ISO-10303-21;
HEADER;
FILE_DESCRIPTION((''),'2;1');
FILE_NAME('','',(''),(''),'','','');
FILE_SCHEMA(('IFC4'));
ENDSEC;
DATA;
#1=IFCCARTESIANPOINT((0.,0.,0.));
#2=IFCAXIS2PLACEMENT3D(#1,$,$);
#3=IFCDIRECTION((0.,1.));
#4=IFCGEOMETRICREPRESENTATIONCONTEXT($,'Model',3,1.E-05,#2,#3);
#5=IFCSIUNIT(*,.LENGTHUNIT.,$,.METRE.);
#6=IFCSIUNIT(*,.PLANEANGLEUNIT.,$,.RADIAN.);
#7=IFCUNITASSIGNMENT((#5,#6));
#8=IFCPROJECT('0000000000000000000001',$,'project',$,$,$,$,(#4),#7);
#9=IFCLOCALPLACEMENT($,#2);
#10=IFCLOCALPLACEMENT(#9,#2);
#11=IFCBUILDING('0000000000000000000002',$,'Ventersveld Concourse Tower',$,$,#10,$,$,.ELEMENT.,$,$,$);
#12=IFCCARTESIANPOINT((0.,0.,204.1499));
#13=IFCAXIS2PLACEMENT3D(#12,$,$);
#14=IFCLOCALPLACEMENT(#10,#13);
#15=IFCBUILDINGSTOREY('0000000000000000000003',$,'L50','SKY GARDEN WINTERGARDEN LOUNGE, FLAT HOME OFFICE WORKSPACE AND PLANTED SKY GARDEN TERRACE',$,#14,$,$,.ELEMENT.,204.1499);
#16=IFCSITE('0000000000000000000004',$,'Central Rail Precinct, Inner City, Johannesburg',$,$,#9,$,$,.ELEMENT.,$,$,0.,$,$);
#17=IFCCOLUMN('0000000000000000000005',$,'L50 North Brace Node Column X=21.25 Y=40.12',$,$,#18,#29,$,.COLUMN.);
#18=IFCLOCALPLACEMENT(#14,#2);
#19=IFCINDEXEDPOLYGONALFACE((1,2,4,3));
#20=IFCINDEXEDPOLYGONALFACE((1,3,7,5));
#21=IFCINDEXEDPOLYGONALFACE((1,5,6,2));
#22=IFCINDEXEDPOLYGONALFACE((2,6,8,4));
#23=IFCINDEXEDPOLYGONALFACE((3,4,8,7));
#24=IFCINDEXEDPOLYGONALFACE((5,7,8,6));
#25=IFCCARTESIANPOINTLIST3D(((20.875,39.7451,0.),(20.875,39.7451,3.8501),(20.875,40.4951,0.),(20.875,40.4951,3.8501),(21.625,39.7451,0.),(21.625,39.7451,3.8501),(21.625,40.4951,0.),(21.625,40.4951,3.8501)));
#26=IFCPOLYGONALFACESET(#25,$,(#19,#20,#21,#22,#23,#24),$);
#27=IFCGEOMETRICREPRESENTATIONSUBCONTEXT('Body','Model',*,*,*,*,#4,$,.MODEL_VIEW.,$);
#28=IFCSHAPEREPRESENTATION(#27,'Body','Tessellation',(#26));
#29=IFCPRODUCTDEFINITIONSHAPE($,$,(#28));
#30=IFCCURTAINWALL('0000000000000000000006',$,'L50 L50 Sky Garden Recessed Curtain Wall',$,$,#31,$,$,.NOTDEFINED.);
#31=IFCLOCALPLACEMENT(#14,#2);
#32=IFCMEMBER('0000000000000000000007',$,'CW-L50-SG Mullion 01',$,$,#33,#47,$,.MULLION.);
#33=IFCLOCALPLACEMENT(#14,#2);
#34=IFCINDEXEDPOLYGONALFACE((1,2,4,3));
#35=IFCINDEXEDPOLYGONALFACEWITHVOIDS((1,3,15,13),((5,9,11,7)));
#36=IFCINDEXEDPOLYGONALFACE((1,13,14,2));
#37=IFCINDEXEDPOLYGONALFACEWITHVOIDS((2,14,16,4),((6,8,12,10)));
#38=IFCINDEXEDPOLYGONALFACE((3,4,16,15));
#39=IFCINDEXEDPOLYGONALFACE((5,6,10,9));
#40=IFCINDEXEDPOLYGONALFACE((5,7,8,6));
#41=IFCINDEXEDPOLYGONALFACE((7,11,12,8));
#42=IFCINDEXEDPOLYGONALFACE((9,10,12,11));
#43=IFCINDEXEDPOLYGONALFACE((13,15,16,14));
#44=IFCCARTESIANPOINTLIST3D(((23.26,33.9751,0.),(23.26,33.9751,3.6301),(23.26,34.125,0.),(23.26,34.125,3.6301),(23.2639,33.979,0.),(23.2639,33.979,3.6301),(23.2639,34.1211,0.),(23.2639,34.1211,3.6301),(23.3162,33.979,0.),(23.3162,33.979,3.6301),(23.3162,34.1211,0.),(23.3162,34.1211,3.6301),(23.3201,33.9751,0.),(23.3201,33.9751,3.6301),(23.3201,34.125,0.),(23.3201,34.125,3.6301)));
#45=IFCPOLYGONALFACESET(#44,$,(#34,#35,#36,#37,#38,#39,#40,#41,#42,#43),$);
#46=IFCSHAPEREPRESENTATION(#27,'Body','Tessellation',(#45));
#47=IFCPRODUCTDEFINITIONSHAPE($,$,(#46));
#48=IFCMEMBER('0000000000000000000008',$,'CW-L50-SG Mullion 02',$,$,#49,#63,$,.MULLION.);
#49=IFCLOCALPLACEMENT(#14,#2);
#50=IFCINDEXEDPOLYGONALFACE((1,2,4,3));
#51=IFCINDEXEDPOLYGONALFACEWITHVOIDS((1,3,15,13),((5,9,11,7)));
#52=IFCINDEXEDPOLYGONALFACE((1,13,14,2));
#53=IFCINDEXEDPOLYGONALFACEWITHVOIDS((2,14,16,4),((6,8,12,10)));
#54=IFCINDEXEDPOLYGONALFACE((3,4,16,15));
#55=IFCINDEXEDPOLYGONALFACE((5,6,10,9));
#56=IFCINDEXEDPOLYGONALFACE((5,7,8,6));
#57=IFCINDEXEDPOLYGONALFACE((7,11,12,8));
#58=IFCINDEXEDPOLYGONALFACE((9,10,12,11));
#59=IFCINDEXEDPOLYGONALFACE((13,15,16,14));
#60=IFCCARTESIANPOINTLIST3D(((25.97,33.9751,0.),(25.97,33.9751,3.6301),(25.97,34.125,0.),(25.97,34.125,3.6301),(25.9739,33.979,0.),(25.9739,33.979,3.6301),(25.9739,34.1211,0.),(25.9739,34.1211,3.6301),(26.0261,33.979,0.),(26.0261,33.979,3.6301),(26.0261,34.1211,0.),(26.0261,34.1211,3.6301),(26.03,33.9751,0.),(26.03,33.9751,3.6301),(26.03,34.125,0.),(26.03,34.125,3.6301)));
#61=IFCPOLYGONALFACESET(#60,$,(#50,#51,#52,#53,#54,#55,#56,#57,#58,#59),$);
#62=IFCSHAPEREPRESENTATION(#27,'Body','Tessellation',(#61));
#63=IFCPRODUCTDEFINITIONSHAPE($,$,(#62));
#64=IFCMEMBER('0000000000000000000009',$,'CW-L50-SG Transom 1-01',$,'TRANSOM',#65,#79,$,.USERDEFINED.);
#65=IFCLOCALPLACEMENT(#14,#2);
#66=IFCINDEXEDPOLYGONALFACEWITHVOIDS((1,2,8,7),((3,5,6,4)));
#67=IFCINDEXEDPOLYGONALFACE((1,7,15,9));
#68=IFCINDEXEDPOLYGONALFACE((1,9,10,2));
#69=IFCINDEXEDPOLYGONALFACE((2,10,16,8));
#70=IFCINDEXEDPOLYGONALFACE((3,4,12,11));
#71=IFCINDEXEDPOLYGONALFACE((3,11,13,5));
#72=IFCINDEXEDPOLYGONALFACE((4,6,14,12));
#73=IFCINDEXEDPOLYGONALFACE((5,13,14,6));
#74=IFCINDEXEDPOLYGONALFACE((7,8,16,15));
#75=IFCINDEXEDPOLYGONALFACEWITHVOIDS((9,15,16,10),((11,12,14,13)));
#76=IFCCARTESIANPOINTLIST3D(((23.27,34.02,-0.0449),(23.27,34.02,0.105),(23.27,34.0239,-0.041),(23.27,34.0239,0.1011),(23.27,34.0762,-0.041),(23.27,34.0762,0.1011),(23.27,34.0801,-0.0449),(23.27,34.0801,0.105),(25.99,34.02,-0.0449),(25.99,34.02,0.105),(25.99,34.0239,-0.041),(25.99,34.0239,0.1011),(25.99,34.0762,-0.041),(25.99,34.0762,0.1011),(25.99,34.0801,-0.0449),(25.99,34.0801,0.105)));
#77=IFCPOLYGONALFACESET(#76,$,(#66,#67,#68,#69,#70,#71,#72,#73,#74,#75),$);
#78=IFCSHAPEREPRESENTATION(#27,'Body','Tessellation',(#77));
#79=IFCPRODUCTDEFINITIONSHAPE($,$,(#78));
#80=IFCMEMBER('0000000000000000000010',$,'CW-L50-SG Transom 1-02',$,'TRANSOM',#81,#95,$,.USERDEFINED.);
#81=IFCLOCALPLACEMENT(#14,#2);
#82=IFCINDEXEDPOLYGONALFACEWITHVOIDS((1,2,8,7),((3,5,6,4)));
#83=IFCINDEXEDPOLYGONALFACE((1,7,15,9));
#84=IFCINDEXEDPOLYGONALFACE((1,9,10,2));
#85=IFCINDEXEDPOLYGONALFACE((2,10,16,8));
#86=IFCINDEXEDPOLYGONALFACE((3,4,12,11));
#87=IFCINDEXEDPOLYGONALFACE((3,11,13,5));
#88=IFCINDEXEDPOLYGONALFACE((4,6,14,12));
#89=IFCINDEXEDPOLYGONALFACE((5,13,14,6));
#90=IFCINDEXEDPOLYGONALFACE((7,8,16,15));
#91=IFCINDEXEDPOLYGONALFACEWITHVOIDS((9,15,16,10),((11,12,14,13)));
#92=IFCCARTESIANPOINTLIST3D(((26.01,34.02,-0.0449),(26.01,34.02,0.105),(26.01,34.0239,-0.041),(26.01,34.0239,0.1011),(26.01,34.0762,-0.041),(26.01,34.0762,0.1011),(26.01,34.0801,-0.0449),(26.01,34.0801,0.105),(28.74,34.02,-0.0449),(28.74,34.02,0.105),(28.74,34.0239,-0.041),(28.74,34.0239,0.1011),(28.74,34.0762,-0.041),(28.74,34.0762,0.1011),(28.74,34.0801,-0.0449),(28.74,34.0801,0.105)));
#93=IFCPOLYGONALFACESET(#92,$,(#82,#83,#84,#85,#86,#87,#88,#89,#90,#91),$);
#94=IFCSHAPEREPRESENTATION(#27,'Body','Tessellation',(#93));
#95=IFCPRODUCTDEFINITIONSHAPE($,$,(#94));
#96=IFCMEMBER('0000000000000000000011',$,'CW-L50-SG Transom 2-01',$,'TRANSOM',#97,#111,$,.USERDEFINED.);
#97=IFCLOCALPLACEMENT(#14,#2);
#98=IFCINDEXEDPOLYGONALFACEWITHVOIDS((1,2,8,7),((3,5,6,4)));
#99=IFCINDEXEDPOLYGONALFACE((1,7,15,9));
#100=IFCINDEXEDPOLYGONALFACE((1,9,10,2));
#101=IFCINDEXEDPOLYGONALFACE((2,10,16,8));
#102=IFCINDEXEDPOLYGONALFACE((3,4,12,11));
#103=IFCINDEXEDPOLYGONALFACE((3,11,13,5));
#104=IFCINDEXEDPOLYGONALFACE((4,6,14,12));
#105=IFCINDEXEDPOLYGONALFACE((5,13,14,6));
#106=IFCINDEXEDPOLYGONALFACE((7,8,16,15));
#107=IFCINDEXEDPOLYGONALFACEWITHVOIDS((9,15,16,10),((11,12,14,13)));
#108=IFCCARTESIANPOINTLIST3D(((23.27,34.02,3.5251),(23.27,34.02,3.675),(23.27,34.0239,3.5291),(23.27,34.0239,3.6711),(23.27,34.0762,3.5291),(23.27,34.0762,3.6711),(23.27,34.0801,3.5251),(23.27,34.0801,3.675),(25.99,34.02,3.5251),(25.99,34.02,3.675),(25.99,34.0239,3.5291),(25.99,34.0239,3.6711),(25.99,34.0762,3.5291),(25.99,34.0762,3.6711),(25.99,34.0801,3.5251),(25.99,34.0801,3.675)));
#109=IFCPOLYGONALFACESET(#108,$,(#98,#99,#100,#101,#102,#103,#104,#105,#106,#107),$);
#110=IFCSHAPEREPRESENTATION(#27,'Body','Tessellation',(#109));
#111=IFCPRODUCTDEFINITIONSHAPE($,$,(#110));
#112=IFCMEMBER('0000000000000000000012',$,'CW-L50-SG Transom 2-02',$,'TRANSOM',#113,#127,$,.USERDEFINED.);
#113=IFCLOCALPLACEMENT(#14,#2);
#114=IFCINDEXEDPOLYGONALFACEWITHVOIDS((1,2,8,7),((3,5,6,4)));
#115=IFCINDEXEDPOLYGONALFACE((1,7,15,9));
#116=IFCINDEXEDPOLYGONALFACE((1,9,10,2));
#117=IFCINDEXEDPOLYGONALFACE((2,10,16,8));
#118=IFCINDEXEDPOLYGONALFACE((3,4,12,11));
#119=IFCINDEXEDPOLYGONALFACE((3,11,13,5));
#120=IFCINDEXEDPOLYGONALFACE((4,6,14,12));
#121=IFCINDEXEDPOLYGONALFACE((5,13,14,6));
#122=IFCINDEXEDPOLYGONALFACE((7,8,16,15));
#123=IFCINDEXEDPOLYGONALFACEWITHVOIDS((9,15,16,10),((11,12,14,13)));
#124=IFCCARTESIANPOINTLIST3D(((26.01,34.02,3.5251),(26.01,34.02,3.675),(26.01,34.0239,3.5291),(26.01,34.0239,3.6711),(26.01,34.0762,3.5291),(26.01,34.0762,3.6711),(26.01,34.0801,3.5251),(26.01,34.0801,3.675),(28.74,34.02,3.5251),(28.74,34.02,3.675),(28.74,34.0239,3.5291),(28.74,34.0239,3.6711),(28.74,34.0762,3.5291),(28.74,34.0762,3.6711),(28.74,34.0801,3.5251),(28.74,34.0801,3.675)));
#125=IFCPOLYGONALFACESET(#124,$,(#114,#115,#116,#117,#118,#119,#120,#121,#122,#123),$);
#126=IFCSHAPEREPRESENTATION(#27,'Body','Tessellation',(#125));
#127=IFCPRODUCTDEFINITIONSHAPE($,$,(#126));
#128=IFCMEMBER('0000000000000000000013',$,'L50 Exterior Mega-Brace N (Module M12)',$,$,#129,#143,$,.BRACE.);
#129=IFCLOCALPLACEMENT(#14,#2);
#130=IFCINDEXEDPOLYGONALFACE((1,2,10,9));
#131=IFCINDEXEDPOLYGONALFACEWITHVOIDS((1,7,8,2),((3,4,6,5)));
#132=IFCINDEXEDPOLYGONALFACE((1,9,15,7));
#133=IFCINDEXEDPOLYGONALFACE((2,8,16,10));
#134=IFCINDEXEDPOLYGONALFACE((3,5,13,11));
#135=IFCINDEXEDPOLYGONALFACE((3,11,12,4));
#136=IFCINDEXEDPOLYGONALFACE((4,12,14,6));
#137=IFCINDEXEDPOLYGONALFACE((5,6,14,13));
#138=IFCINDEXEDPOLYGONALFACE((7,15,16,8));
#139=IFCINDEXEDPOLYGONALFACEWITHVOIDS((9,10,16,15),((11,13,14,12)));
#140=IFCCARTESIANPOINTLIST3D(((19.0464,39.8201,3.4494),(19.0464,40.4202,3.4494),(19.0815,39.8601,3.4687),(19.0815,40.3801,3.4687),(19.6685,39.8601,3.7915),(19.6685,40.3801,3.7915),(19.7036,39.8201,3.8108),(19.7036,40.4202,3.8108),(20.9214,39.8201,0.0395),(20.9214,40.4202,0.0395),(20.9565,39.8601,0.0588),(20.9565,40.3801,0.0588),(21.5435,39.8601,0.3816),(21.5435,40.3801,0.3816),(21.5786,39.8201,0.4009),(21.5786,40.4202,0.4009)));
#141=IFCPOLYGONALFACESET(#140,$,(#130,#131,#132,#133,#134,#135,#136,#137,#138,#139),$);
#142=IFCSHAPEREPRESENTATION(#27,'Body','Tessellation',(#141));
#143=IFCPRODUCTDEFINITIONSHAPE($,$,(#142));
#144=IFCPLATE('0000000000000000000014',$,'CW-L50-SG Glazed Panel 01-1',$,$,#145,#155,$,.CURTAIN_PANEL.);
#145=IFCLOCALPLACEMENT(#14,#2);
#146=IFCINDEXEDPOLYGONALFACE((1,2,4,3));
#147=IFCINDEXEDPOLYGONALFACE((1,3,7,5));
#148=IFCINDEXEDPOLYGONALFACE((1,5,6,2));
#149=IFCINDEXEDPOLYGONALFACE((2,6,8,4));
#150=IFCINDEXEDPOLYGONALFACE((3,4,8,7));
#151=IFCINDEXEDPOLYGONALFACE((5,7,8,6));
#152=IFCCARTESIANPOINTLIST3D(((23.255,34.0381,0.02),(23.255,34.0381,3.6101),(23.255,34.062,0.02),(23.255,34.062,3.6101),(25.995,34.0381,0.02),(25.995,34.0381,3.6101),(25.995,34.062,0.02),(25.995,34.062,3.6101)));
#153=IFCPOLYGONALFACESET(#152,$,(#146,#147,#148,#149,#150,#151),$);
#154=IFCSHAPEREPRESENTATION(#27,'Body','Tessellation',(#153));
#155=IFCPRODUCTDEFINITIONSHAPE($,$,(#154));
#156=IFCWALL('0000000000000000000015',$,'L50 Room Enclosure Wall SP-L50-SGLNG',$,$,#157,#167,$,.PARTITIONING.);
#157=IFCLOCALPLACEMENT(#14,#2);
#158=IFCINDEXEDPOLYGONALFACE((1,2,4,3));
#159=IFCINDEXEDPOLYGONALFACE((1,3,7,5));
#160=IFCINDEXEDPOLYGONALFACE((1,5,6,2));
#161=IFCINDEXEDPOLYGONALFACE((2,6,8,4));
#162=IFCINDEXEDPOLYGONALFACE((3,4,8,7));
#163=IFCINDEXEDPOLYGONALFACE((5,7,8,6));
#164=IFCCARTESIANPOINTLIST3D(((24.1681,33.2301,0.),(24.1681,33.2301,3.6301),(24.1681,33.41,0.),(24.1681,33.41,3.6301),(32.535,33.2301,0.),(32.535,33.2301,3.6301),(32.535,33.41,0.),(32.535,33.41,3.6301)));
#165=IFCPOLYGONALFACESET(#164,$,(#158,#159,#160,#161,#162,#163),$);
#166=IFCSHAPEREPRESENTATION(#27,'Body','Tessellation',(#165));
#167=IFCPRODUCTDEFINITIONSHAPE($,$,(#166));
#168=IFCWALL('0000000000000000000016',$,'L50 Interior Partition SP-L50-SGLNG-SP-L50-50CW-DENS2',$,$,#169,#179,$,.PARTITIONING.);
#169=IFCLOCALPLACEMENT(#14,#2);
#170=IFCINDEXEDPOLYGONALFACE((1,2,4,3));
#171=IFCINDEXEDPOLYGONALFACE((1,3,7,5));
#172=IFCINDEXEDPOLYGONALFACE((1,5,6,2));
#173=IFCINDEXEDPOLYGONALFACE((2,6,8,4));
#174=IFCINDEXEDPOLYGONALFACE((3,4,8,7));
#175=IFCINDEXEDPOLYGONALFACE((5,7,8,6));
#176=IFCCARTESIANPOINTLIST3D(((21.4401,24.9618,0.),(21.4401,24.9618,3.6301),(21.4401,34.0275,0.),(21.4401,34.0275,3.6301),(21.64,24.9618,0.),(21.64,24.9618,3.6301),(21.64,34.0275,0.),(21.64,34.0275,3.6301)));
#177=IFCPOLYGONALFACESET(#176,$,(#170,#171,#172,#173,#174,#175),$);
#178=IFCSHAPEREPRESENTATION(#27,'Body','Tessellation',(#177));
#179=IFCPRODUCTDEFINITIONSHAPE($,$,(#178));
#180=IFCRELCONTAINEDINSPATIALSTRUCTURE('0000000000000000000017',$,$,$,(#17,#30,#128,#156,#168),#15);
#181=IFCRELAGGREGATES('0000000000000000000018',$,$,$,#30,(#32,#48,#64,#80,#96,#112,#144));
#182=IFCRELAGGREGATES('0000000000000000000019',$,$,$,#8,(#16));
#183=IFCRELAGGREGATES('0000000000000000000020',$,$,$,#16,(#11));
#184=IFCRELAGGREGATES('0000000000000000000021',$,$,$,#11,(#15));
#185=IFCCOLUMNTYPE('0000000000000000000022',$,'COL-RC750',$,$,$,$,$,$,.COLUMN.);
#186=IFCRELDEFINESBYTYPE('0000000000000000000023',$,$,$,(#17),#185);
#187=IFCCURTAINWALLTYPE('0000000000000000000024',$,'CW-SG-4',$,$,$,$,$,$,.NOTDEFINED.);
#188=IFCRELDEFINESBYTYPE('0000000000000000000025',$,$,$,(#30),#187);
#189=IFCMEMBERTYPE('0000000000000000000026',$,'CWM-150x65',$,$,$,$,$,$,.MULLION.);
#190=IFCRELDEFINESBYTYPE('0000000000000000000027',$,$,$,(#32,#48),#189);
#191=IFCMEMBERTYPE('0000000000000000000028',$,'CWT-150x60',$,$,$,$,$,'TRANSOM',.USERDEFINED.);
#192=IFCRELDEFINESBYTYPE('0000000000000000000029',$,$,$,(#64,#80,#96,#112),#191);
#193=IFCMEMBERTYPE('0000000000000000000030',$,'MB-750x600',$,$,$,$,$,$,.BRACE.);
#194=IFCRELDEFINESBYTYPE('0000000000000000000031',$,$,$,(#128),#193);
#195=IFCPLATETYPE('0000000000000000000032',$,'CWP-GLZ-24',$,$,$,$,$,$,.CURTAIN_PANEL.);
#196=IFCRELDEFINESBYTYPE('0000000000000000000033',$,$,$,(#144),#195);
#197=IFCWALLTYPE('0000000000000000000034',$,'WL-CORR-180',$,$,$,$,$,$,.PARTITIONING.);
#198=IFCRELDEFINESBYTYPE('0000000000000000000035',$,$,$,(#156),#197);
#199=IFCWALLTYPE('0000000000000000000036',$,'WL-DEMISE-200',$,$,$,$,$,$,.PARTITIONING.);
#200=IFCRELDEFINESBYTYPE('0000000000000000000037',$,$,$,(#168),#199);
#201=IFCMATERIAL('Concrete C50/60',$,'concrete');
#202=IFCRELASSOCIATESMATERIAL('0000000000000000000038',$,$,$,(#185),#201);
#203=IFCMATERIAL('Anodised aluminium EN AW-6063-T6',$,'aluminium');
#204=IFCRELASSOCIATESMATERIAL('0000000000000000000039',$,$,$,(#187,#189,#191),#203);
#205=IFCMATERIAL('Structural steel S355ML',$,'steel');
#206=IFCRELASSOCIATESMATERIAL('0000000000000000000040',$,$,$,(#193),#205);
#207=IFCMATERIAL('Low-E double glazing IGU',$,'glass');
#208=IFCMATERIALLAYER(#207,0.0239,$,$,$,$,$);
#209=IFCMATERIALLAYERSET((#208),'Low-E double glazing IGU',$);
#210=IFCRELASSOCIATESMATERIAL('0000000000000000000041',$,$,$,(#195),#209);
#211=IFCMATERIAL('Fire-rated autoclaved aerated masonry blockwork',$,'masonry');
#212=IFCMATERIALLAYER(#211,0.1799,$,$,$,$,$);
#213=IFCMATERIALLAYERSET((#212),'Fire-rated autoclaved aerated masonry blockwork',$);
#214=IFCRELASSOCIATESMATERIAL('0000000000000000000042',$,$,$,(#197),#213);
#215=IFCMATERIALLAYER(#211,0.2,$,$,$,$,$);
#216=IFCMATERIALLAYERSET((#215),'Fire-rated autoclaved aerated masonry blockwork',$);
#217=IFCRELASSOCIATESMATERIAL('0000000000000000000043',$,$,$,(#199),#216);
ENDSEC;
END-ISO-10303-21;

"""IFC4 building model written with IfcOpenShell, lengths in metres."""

from ifc_helpers import new_model, si_unit, direction, frame, frame_2d, origin, origin_2d, place, context, subcontext, project, spatial, rectangle, hollow_rectangle, extrude, material, layer, layer_set, material_profile, profile_set, type_object, element, aggregate, save


model = new_model("IFC4")

# Units and contexts
model_context = context("Model", 3, precision=1e-05, world=origin(), true_north=direction((0.0, 1.0)))
body_context = subcontext(model_context, "Body", "Model", "MODEL_VIEW")
ifc_project = project(units=[si_unit("LENGTHUNIT", "METRE"), si_unit("PLANEANGLEUNIT", "RADIAN")], contexts=[model_context])

# Site, building, storey
site_placement = place(None, origin())
site = spatial("IfcSite", under=ifc_project, at=site_placement, Name="Central Rail Precinct, Inner City, Johannesburg", CompositionType="ELEMENT", RefElevation=0.0)
building_placement = place(site_placement, origin())
building = spatial("IfcBuilding", under=site, at=building_placement, Name="Ventersveld Concourse Tower", CompositionType="ELEMENT")
storey_placement = place(building_placement, frame((0.0, 0.0, 204.1499)))
storey = spatial("IfcBuildingStorey", under=building, at=storey_placement, Name="L50", Description="SKY GARDEN WINTERGARDEN LOUNGE, FLAT HOME OFFICE WORKSPACE AND PLANTED SKY GARDEN TERRACE", CompositionType="ELEMENT", Elevation=204.1499)

# Column
ifc_material_1 = material(Name="Concrete C50/60", Category="concrete")
ifc_material_profile_1 = material_profile(ifc_material_1, rectangle(XDim=0.75, YDim=0.75, at=origin_2d()), Name="RC 750x750")
ifc_profile_set_1 = profile_set([ifc_material_profile_1], Name="Concrete C50/60")
column_type = type_object("IfcColumnType", Name="COL-RC750", PredefinedType="COLUMN", material=ifc_profile_set_1)
column_placement = place(storey_placement, frame((21.25, 40.1201, 0.0), z_axis=(0.0, 0.0, 1.0), x_axis=(1.0, 0.0, 0.0)))
element("IfcColumn", 1, at=column_placement, inside=storey, type_object=column_type, Name="L50 North Brace Node Column X=21.25 Y=40.12", PredefinedType="COLUMN", context=body_context, shape_type="SweptSolid", body=[
    extrude(rectangle(XDim=0.75, YDim=0.75, at=origin_2d()), origin(), (0.0, 0.0, 1.0), 3.8501),
])

# Curtain wall, members
ifc_material_2 = material(Name="Anodised aluminium EN AW-6063-T6", Category="aluminium")
curtain_wall_type = type_object("IfcCurtainWallType", Name="CW-SG-4", PredefinedType="NOTDEFINED", material=ifc_material_2)
curtain_wall_placement = place(storey_placement, origin())
curtain_wall = element("IfcCurtainWall", 2, at=curtain_wall_placement, inside=storey, type_object=curtain_wall_type, Name="L50 L50 Sky Garden Recessed Curtain Wall", PredefinedType="NOTDEFINED")
ifc_material_profile_2 = material_profile(ifc_material_2, hollow_rectangle(XDim=0.0601, YDim=0.1499, WallThickness=0.0039, at=origin_2d()), Name="ALU 150x60x4")
ifc_profile_set_2 = profile_set([ifc_material_profile_2], Name="Anodised aluminium EN AW-6063-T6")
member_type_1 = type_object("IfcMemberType", Name="CWM-150x65", PredefinedType="MULLION", material=ifc_profile_set_2)
member_1_placement = place(storey_placement, frame((23.29, 34.05, 0.0), z_axis=(0.0, 0.0, 1.0), x_axis=(1.0, 0.0, 0.0)))
member_1 = element("IfcMember", 3, at=member_1_placement, type_object=member_type_1, Name="CW-L50-SG Mullion 01", PredefinedType="MULLION", context=body_context, shape_type="SweptSolid", body=[
    extrude(hollow_rectangle(XDim=0.0601, YDim=0.1499, WallThickness=0.0039, at=origin_2d()), origin(), (0.0, 0.0, 1.0), 3.6301),
])
member_2_placement = place(storey_placement, frame((26.0, 34.05, 0.0), z_axis=(0.0, 0.0, 1.0), x_axis=(1.0, 0.0, 0.0)))
member_2 = element("IfcMember", 4, at=member_2_placement, type_object=member_type_1, Name="CW-L50-SG Mullion 02", PredefinedType="MULLION", context=body_context, shape_type="SweptSolid", body=[
    extrude(hollow_rectangle(XDim=0.0601, YDim=0.1499, WallThickness=0.0039, at=origin_2d()), origin(), (0.0, 0.0, 1.0), 3.6301),
])
ifc_material_profile_3 = material_profile(ifc_material_2, hollow_rectangle(XDim=0.0601, YDim=0.1499, WallThickness=0.0039, at=origin_2d()), Name="ALU 150x60x4")
ifc_profile_set_3 = profile_set([ifc_material_profile_3], Name="Anodised aluminium EN AW-6063-T6")
member_type_2 = type_object("IfcMemberType", Name="CWT-150x60", ElementType="TRANSOM", PredefinedType="USERDEFINED", material=ifc_profile_set_3)
member_3_placement = place(storey_placement, frame((23.27, 34.05, 0.03), z_axis=(1.0, 0.0, 0.0), x_axis=(0.0, 1.0, 0.0)))
member_3 = element("IfcMember", 5, at=member_3_placement, type_object=member_type_2, Name="CW-L50-SG Transom 1-01", ObjectType="TRANSOM", PredefinedType="USERDEFINED", context=body_context, shape_type="SweptSolid", body=[
    extrude(hollow_rectangle(XDim=0.0601, YDim=0.1499, WallThickness=0.0039, at=origin_2d()), origin(), (0.0, 0.0, 1.0), 2.72),
])
member_4_placement = place(storey_placement, frame((26.01, 34.05, 0.03), z_axis=(1.0, 0.0, 0.0), x_axis=(0.0, 1.0, 0.0)))
member_4 = element("IfcMember", 6, at=member_4_placement, type_object=member_type_2, Name="CW-L50-SG Transom 1-02", ObjectType="TRANSOM", PredefinedType="USERDEFINED", context=body_context, shape_type="SweptSolid", body=[
    extrude(hollow_rectangle(XDim=0.0601, YDim=0.1499, WallThickness=0.0039, at=origin_2d()), origin(), (0.0, 0.0, 1.0), 2.73),
])
member_5_placement = place(storey_placement, frame((23.27, 34.05, 3.6001), z_axis=(1.0, 0.0, 0.0), x_axis=(0.0, 1.0, 0.0)))
member_5 = element("IfcMember", 7, at=member_5_placement, type_object=member_type_2, Name="CW-L50-SG Transom 2-01", ObjectType="TRANSOM", PredefinedType="USERDEFINED", context=body_context, shape_type="SweptSolid", body=[
    extrude(hollow_rectangle(XDim=0.0601, YDim=0.1499, WallThickness=0.0039, at=origin_2d()), origin(), (0.0, 0.0, 1.0), 2.72),
])
member_6_placement = place(storey_placement, frame((26.01, 34.05, 3.6001), z_axis=(1.0, 0.0, 0.0), x_axis=(0.0, 1.0, 0.0)))
member_6 = element("IfcMember", 8, at=member_6_placement, type_object=member_type_2, Name="CW-L50-SG Transom 2-02", ObjectType="TRANSOM", PredefinedType="USERDEFINED", context=body_context, shape_type="SweptSolid", body=[
    extrude(hollow_rectangle(XDim=0.0601, YDim=0.1499, WallThickness=0.0039, at=origin_2d()), origin(), (0.0, 0.0, 1.0), 2.73),
])

# Member
ifc_material_3 = material(Name="Structural steel S355ML", Category="steel")
ifc_material_profile_4 = material_profile(ifc_material_3, hollow_rectangle(XDim=0.6001, YDim=0.75, WallThickness=0.04, at=origin_2d()), Name="BOX 750x600x40")
ifc_profile_set_4 = profile_set([ifc_material_profile_4], Name="Structural steel S355ML")
member_type_3 = type_object("IfcMemberType", Name="MB-750x600", PredefinedType="BRACE", material=ifc_profile_set_4)
member_7_placement = place(storey_placement, frame((21.25, 40.1201, 0.2202), z_axis=(-0.48183, 0.0, 0.876265), x_axis=(0.0, -1.0, 0.0)))
element("IfcMember", 9, at=member_7_placement, inside=storey, type_object=member_type_3, Name="L50 Exterior Mega-Brace N (Module M12)", PredefinedType="BRACE", context=body_context, shape_type="SweptSolid", body=[
    extrude(hollow_rectangle(XDim=0.6001, YDim=0.75, WallThickness=0.04, at=origin_2d()), origin(), (0.0, 0.0, 1.0), 3.8914),
])

# Plate
ifc_material_4 = material(Name="Low-E double glazing IGU", Category="glass")
ifc_layer_1 = layer(ifc_material_4, 0.0239)
ifc_layer_set_1 = layer_set([ifc_layer_1], Name="Low-E double glazing IGU")
plate_type = type_object("IfcPlateType", Name="CWP-GLZ-24", PredefinedType="CURTAIN_PANEL", material=ifc_layer_set_1)
plate_placement = place(storey_placement, frame((24.625, 34.05, 0.02), z_axis=(0.0, 0.0, 1.0), x_axis=(1.0, 0.0, 0.0)))
plate = element("IfcPlate", 10, at=plate_placement, type_object=plate_type, Name="CW-L50-SG Glazed Panel 01-1", PredefinedType="CURTAIN_PANEL", context=body_context, shape_type="SweptSolid", body=[
    extrude(rectangle(XDim=2.74, YDim=0.0239, at=origin_2d()), origin(), (0.0, 0.0, 1.0), 3.5901),
])
aggregate(curtain_wall, [member_1, member_2, member_3, member_4, member_5, member_6, plate])

# Walls
ifc_material_5 = material(Name="Fire-rated autoclaved aerated masonry blockwork", Category="masonry")
ifc_layer_2 = layer(ifc_material_5, 0.1799)
ifc_layer_set_2 = layer_set([ifc_layer_2], Name="Fire-rated autoclaved aerated masonry blockwork")
wall_type_1 = type_object("IfcWallType", Name="WL-CORR-180", PredefinedType="PARTITIONING", material=ifc_layer_set_2)
wall_1_placement = place(storey_placement, frame((24.168, 33.3201, 0.0), z_axis=(0.0, 0.0, 1.0), x_axis=(1.0, 0.0, 0.0)))
element("IfcWall", 11, at=wall_1_placement, inside=storey, type_object=wall_type_1, Name="L50 Room Enclosure Wall SP-L50-SGLNG", PredefinedType="PARTITIONING", context=body_context, shape_type="SweptSolid", body=[
    extrude(rectangle(XDim=8.3669, YDim=0.1799, at=frame_2d((4.1836, 0.0))), origin(), (0.0, 0.0, 1.0), 3.6301),
])
ifc_layer_3 = layer(ifc_material_5, 0.2)
ifc_layer_set_3 = layer_set([ifc_layer_3], Name="Fire-rated autoclaved aerated masonry blockwork")
wall_type_2 = type_object("IfcWallType", Name="WL-DEMISE-200", PredefinedType="PARTITIONING", material=ifc_layer_set_3)
wall_2_placement = place(storey_placement, frame((21.54, 24.9619, 0.0), z_axis=(0.0, 0.0, 1.0), x_axis=(0.0, 1.0, 0.0)))
element("IfcWall", 12, at=wall_2_placement, inside=storey, type_object=wall_type_2, Name="L50 Interior Partition SP-L50-SGLNG-SP-L50-50CW-DENS2", PredefinedType="PARTITIONING", context=body_context, shape_type="SweptSolid", body=[
    extrude(rectangle(XDim=9.0657, YDim=0.2, at=frame_2d((4.5327, 0.0))), origin(), (0.0, 0.0, 1.0), 3.6301),
])

save(model, "model.ifc")
